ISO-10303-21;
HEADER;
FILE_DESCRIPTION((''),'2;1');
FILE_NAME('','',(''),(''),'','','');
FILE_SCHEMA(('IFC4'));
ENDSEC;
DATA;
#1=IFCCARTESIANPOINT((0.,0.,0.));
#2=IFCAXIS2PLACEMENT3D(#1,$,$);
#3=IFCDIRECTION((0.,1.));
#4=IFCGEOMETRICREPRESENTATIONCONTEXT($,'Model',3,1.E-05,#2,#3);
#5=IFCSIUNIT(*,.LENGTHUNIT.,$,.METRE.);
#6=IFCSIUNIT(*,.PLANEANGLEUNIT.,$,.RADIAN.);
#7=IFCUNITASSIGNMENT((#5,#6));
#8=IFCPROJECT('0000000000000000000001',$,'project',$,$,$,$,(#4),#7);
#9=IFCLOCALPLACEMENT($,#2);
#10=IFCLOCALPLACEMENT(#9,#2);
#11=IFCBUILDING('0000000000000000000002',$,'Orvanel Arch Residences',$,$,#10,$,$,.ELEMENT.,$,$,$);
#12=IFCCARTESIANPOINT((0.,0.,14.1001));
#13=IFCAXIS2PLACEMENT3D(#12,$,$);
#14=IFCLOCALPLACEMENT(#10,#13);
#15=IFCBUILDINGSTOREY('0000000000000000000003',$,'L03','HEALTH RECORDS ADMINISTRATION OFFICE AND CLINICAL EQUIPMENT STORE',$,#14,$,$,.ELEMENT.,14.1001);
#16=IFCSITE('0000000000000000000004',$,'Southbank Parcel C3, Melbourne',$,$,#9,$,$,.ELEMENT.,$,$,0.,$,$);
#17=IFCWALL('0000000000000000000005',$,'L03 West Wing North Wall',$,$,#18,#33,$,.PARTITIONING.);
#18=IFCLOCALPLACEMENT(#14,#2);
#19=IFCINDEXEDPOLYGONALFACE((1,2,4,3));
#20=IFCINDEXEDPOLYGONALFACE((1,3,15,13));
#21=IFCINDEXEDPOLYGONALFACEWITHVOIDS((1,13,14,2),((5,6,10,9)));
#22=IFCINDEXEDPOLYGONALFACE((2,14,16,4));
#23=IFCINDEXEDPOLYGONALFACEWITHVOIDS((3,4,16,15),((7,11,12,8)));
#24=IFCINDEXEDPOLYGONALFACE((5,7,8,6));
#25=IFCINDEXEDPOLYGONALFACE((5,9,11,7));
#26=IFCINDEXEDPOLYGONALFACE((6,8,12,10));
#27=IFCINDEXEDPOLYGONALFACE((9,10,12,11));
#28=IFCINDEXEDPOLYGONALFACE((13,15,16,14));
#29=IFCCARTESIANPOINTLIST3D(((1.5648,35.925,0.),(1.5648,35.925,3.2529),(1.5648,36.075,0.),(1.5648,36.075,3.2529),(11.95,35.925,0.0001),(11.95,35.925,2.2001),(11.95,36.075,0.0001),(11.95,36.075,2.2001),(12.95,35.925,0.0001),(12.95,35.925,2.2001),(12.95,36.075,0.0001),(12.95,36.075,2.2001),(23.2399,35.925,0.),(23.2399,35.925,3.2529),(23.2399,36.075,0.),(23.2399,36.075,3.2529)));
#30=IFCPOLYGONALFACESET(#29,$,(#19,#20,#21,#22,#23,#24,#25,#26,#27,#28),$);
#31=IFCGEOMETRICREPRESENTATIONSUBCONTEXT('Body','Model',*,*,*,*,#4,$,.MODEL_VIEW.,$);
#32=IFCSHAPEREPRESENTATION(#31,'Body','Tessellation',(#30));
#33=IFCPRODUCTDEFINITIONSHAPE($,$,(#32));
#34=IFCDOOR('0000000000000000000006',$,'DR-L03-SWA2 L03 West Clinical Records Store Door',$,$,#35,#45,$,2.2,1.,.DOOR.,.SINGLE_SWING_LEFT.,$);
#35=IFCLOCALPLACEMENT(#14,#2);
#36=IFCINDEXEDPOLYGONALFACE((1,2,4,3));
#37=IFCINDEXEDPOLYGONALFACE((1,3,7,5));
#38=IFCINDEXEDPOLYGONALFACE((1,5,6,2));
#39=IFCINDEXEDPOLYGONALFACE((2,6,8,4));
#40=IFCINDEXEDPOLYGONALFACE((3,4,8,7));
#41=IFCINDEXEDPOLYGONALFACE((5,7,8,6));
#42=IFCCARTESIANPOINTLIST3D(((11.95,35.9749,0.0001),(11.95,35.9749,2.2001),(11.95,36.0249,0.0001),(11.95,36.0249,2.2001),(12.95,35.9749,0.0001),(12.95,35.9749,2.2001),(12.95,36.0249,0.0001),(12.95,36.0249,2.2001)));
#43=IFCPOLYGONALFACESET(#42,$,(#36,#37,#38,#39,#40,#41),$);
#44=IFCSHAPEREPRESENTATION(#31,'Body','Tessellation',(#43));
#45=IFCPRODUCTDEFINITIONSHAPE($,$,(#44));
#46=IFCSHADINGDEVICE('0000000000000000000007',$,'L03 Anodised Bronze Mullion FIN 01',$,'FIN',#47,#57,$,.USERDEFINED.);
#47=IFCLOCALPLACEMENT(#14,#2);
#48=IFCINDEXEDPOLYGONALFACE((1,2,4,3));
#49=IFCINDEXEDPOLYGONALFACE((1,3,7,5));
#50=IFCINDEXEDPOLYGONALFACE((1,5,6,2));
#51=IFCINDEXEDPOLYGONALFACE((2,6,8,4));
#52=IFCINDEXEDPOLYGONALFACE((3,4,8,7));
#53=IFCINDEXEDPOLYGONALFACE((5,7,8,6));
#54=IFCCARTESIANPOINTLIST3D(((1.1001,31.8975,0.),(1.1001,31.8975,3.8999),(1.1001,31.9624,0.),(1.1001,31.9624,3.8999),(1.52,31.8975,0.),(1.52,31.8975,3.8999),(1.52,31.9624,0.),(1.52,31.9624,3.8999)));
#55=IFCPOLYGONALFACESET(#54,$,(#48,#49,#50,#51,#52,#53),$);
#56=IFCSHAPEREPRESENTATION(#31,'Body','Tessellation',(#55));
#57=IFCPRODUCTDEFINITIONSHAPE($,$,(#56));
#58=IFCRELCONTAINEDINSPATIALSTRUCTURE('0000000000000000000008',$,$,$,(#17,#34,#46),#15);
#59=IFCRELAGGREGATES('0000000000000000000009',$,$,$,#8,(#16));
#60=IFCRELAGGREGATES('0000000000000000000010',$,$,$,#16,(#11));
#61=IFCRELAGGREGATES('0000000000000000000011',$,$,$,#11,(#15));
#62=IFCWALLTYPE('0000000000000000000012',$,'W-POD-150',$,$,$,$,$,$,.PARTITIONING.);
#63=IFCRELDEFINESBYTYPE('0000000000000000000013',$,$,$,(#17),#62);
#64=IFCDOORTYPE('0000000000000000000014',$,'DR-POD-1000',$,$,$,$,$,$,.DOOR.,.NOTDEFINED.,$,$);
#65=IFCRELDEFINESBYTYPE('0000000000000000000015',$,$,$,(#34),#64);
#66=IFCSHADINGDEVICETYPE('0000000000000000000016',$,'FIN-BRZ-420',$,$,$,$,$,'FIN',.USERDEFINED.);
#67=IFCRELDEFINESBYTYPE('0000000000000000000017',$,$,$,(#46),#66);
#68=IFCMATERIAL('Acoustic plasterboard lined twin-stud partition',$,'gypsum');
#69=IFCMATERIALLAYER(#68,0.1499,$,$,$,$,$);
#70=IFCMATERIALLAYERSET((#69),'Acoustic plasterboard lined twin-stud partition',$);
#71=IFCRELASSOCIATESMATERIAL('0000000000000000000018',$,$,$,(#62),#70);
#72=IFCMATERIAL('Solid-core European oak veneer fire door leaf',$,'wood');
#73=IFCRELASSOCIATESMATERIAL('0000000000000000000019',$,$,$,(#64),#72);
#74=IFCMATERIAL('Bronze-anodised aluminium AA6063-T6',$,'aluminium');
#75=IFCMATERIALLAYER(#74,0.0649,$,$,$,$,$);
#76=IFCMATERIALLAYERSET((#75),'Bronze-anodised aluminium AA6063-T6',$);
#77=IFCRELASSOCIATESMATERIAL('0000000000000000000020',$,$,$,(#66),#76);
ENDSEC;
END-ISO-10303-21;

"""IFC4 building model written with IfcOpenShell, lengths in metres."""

from ifc_helpers import new_model, si_unit, direction, frame, frame_2d, origin, origin_2d, place, context, subcontext, project, spatial, rectangle, extrude, material, layer, layer_set, type_object, element, fill, save


model = new_model("IFC4")

# Units and contexts
model_context = context("Model", 3, precision=1e-05, world=origin(), true_north=direction((0.0, 1.0)))
body_context = subcontext(model_context, "Body", "Model", "MODEL_VIEW")
ifc_project = project(units=[si_unit("LENGTHUNIT", "METRE"), si_unit("PLANEANGLEUNIT", "RADIAN")], contexts=[model_context])

# Site, building, storey
site_placement = place(None, origin())
site = spatial("IfcSite", under=ifc_project, at=site_placement, Name="Southbank Parcel C3, Melbourne", CompositionType="ELEMENT", RefElevation=0.0)
building_placement = place(site_placement, origin())
building = spatial("IfcBuilding", under=site, at=building_placement, Name="Orvanel Arch Residences", CompositionType="ELEMENT")
storey_placement = place(building_placement, frame((0.0, 0.0, 14.1001)))
storey = spatial("IfcBuildingStorey", under=building, at=storey_placement, Name="L03", Description="HEALTH RECORDS ADMINISTRATION OFFICE AND CLINICAL EQUIPMENT STORE", CompositionType="ELEMENT", Elevation=14.1001)

# Shared definitions
ifc_material_1 = material(Name="Bronze-anodised aluminium AA6063-T6", Category="aluminium")

# Wall, opening, door
ifc_material_2 = material(Name="Acoustic plasterboard lined twin-stud partition", Category="gypsum")
ifc_layer_1 = layer(ifc_material_2, 0.1499)
ifc_layer_set_1 = layer_set([ifc_layer_1], Name="Acoustic plasterboard lined twin-stud partition")
wall_type_1 = type_object("IfcWallType", Name="W-POD-150", PredefinedType="PARTITIONING", material=ifc_layer_set_1)
wall_1_placement = place(storey_placement, frame((1.5649, 36.0, 0.0), z_axis=(0.0, 0.0, 1.0), x_axis=(1.0, 0.0, 0.0)))
wall_1 = element("IfcWall", 1, at=wall_1_placement, inside=storey, type_object=wall_type_1, Name="L03 West Wing North Wall", PredefinedType="PARTITIONING", context=body_context, shape_type="SweptSolid", body=[
    extrude(rectangle(XDim=21.675, YDim=0.1499, at=frame_2d((10.8374, 0.0))), origin(), (0.0, 0.0, 1.0), 3.2529),
])
opening_1_placement = place(wall_1_placement, frame((10.385, 0.0, 0.0)))
opening_1 = element("IfcOpeningElement", 2, at=opening_1_placement, cuts=wall_1, PredefinedType="OPENING", context=body_context, shape_type="SweptSolid", body=[
    extrude(rectangle(XDim=1.0, YDim=2.2, at=frame_2d((0.5, 1.1001))), frame((0.0, 0.085, 0.0), z_axis=(0.0, -1.0, 0.0), x_axis=(1.0, 0.0, 0.0)), (0.0, 0.0, 1.0), 0.1699),
])
ifc_material_3 = material(Name="Solid-core European oak veneer fire door leaf", Category="wood")
door_type_1 = type_object("IfcDoorType", Name="DR-POD-1000", OperationType="NOTDEFINED", PredefinedType="DOOR", material=ifc_material_3)
door_1_placement = place(opening_1_placement, origin())
door_1 = element("IfcDoor", 3, at=door_1_placement, inside=storey, type_object=door_type_1, Name="DR-L03-SWA2 L03 West Clinical Records Store Door", OperationType="SINGLE_SWING_LEFT", OverallHeight=2.2, OverallWidth=1.0, PredefinedType="DOOR", context=body_context, shape_type="SweptSolid", body=[
    extrude(rectangle(XDim=1.0, YDim=2.2, at=frame_2d((0.5, 1.1001))), frame((0.0, 0.0249, 0.0), z_axis=(0.0, -1.0, 0.0), x_axis=(1.0, 0.0, 0.0)), (0.0, 0.0, 1.0), 0.05),
])
fill(opening_1, door_1)

# Shading device
ifc_layer_2 = layer(ifc_material_1, 0.0649)
ifc_layer_set_2 = layer_set([ifc_layer_2], Name="Bronze-anodised aluminium AA6063-T6")
shading_device_type = type_object("IfcShadingDeviceType", Name="FIN-BRZ-420", ElementType="FIN", PredefinedType="USERDEFINED", material=ifc_layer_set_2)
shading_device_placement = place(storey_placement, frame((1.3101, 31.9299, 0.0), z_axis=(0.0, 0.0, 1.0), x_axis=(-1.0, 0.0, 0.0)))
element("IfcShadingDevice", 4, at=shading_device_placement, inside=storey, type_object=shading_device_type, Name="L03 Anodised Bronze Mullion FIN 01", ObjectType="FIN", PredefinedType="USERDEFINED", context=body_context, shape_type="SweptSolid", body=[
    extrude(rectangle(XDim=0.4199, YDim=0.0649, at=origin_2d()), origin(), (0.0, 0.0, 1.0), 3.8999),
])

save(model, "model.ifc")
